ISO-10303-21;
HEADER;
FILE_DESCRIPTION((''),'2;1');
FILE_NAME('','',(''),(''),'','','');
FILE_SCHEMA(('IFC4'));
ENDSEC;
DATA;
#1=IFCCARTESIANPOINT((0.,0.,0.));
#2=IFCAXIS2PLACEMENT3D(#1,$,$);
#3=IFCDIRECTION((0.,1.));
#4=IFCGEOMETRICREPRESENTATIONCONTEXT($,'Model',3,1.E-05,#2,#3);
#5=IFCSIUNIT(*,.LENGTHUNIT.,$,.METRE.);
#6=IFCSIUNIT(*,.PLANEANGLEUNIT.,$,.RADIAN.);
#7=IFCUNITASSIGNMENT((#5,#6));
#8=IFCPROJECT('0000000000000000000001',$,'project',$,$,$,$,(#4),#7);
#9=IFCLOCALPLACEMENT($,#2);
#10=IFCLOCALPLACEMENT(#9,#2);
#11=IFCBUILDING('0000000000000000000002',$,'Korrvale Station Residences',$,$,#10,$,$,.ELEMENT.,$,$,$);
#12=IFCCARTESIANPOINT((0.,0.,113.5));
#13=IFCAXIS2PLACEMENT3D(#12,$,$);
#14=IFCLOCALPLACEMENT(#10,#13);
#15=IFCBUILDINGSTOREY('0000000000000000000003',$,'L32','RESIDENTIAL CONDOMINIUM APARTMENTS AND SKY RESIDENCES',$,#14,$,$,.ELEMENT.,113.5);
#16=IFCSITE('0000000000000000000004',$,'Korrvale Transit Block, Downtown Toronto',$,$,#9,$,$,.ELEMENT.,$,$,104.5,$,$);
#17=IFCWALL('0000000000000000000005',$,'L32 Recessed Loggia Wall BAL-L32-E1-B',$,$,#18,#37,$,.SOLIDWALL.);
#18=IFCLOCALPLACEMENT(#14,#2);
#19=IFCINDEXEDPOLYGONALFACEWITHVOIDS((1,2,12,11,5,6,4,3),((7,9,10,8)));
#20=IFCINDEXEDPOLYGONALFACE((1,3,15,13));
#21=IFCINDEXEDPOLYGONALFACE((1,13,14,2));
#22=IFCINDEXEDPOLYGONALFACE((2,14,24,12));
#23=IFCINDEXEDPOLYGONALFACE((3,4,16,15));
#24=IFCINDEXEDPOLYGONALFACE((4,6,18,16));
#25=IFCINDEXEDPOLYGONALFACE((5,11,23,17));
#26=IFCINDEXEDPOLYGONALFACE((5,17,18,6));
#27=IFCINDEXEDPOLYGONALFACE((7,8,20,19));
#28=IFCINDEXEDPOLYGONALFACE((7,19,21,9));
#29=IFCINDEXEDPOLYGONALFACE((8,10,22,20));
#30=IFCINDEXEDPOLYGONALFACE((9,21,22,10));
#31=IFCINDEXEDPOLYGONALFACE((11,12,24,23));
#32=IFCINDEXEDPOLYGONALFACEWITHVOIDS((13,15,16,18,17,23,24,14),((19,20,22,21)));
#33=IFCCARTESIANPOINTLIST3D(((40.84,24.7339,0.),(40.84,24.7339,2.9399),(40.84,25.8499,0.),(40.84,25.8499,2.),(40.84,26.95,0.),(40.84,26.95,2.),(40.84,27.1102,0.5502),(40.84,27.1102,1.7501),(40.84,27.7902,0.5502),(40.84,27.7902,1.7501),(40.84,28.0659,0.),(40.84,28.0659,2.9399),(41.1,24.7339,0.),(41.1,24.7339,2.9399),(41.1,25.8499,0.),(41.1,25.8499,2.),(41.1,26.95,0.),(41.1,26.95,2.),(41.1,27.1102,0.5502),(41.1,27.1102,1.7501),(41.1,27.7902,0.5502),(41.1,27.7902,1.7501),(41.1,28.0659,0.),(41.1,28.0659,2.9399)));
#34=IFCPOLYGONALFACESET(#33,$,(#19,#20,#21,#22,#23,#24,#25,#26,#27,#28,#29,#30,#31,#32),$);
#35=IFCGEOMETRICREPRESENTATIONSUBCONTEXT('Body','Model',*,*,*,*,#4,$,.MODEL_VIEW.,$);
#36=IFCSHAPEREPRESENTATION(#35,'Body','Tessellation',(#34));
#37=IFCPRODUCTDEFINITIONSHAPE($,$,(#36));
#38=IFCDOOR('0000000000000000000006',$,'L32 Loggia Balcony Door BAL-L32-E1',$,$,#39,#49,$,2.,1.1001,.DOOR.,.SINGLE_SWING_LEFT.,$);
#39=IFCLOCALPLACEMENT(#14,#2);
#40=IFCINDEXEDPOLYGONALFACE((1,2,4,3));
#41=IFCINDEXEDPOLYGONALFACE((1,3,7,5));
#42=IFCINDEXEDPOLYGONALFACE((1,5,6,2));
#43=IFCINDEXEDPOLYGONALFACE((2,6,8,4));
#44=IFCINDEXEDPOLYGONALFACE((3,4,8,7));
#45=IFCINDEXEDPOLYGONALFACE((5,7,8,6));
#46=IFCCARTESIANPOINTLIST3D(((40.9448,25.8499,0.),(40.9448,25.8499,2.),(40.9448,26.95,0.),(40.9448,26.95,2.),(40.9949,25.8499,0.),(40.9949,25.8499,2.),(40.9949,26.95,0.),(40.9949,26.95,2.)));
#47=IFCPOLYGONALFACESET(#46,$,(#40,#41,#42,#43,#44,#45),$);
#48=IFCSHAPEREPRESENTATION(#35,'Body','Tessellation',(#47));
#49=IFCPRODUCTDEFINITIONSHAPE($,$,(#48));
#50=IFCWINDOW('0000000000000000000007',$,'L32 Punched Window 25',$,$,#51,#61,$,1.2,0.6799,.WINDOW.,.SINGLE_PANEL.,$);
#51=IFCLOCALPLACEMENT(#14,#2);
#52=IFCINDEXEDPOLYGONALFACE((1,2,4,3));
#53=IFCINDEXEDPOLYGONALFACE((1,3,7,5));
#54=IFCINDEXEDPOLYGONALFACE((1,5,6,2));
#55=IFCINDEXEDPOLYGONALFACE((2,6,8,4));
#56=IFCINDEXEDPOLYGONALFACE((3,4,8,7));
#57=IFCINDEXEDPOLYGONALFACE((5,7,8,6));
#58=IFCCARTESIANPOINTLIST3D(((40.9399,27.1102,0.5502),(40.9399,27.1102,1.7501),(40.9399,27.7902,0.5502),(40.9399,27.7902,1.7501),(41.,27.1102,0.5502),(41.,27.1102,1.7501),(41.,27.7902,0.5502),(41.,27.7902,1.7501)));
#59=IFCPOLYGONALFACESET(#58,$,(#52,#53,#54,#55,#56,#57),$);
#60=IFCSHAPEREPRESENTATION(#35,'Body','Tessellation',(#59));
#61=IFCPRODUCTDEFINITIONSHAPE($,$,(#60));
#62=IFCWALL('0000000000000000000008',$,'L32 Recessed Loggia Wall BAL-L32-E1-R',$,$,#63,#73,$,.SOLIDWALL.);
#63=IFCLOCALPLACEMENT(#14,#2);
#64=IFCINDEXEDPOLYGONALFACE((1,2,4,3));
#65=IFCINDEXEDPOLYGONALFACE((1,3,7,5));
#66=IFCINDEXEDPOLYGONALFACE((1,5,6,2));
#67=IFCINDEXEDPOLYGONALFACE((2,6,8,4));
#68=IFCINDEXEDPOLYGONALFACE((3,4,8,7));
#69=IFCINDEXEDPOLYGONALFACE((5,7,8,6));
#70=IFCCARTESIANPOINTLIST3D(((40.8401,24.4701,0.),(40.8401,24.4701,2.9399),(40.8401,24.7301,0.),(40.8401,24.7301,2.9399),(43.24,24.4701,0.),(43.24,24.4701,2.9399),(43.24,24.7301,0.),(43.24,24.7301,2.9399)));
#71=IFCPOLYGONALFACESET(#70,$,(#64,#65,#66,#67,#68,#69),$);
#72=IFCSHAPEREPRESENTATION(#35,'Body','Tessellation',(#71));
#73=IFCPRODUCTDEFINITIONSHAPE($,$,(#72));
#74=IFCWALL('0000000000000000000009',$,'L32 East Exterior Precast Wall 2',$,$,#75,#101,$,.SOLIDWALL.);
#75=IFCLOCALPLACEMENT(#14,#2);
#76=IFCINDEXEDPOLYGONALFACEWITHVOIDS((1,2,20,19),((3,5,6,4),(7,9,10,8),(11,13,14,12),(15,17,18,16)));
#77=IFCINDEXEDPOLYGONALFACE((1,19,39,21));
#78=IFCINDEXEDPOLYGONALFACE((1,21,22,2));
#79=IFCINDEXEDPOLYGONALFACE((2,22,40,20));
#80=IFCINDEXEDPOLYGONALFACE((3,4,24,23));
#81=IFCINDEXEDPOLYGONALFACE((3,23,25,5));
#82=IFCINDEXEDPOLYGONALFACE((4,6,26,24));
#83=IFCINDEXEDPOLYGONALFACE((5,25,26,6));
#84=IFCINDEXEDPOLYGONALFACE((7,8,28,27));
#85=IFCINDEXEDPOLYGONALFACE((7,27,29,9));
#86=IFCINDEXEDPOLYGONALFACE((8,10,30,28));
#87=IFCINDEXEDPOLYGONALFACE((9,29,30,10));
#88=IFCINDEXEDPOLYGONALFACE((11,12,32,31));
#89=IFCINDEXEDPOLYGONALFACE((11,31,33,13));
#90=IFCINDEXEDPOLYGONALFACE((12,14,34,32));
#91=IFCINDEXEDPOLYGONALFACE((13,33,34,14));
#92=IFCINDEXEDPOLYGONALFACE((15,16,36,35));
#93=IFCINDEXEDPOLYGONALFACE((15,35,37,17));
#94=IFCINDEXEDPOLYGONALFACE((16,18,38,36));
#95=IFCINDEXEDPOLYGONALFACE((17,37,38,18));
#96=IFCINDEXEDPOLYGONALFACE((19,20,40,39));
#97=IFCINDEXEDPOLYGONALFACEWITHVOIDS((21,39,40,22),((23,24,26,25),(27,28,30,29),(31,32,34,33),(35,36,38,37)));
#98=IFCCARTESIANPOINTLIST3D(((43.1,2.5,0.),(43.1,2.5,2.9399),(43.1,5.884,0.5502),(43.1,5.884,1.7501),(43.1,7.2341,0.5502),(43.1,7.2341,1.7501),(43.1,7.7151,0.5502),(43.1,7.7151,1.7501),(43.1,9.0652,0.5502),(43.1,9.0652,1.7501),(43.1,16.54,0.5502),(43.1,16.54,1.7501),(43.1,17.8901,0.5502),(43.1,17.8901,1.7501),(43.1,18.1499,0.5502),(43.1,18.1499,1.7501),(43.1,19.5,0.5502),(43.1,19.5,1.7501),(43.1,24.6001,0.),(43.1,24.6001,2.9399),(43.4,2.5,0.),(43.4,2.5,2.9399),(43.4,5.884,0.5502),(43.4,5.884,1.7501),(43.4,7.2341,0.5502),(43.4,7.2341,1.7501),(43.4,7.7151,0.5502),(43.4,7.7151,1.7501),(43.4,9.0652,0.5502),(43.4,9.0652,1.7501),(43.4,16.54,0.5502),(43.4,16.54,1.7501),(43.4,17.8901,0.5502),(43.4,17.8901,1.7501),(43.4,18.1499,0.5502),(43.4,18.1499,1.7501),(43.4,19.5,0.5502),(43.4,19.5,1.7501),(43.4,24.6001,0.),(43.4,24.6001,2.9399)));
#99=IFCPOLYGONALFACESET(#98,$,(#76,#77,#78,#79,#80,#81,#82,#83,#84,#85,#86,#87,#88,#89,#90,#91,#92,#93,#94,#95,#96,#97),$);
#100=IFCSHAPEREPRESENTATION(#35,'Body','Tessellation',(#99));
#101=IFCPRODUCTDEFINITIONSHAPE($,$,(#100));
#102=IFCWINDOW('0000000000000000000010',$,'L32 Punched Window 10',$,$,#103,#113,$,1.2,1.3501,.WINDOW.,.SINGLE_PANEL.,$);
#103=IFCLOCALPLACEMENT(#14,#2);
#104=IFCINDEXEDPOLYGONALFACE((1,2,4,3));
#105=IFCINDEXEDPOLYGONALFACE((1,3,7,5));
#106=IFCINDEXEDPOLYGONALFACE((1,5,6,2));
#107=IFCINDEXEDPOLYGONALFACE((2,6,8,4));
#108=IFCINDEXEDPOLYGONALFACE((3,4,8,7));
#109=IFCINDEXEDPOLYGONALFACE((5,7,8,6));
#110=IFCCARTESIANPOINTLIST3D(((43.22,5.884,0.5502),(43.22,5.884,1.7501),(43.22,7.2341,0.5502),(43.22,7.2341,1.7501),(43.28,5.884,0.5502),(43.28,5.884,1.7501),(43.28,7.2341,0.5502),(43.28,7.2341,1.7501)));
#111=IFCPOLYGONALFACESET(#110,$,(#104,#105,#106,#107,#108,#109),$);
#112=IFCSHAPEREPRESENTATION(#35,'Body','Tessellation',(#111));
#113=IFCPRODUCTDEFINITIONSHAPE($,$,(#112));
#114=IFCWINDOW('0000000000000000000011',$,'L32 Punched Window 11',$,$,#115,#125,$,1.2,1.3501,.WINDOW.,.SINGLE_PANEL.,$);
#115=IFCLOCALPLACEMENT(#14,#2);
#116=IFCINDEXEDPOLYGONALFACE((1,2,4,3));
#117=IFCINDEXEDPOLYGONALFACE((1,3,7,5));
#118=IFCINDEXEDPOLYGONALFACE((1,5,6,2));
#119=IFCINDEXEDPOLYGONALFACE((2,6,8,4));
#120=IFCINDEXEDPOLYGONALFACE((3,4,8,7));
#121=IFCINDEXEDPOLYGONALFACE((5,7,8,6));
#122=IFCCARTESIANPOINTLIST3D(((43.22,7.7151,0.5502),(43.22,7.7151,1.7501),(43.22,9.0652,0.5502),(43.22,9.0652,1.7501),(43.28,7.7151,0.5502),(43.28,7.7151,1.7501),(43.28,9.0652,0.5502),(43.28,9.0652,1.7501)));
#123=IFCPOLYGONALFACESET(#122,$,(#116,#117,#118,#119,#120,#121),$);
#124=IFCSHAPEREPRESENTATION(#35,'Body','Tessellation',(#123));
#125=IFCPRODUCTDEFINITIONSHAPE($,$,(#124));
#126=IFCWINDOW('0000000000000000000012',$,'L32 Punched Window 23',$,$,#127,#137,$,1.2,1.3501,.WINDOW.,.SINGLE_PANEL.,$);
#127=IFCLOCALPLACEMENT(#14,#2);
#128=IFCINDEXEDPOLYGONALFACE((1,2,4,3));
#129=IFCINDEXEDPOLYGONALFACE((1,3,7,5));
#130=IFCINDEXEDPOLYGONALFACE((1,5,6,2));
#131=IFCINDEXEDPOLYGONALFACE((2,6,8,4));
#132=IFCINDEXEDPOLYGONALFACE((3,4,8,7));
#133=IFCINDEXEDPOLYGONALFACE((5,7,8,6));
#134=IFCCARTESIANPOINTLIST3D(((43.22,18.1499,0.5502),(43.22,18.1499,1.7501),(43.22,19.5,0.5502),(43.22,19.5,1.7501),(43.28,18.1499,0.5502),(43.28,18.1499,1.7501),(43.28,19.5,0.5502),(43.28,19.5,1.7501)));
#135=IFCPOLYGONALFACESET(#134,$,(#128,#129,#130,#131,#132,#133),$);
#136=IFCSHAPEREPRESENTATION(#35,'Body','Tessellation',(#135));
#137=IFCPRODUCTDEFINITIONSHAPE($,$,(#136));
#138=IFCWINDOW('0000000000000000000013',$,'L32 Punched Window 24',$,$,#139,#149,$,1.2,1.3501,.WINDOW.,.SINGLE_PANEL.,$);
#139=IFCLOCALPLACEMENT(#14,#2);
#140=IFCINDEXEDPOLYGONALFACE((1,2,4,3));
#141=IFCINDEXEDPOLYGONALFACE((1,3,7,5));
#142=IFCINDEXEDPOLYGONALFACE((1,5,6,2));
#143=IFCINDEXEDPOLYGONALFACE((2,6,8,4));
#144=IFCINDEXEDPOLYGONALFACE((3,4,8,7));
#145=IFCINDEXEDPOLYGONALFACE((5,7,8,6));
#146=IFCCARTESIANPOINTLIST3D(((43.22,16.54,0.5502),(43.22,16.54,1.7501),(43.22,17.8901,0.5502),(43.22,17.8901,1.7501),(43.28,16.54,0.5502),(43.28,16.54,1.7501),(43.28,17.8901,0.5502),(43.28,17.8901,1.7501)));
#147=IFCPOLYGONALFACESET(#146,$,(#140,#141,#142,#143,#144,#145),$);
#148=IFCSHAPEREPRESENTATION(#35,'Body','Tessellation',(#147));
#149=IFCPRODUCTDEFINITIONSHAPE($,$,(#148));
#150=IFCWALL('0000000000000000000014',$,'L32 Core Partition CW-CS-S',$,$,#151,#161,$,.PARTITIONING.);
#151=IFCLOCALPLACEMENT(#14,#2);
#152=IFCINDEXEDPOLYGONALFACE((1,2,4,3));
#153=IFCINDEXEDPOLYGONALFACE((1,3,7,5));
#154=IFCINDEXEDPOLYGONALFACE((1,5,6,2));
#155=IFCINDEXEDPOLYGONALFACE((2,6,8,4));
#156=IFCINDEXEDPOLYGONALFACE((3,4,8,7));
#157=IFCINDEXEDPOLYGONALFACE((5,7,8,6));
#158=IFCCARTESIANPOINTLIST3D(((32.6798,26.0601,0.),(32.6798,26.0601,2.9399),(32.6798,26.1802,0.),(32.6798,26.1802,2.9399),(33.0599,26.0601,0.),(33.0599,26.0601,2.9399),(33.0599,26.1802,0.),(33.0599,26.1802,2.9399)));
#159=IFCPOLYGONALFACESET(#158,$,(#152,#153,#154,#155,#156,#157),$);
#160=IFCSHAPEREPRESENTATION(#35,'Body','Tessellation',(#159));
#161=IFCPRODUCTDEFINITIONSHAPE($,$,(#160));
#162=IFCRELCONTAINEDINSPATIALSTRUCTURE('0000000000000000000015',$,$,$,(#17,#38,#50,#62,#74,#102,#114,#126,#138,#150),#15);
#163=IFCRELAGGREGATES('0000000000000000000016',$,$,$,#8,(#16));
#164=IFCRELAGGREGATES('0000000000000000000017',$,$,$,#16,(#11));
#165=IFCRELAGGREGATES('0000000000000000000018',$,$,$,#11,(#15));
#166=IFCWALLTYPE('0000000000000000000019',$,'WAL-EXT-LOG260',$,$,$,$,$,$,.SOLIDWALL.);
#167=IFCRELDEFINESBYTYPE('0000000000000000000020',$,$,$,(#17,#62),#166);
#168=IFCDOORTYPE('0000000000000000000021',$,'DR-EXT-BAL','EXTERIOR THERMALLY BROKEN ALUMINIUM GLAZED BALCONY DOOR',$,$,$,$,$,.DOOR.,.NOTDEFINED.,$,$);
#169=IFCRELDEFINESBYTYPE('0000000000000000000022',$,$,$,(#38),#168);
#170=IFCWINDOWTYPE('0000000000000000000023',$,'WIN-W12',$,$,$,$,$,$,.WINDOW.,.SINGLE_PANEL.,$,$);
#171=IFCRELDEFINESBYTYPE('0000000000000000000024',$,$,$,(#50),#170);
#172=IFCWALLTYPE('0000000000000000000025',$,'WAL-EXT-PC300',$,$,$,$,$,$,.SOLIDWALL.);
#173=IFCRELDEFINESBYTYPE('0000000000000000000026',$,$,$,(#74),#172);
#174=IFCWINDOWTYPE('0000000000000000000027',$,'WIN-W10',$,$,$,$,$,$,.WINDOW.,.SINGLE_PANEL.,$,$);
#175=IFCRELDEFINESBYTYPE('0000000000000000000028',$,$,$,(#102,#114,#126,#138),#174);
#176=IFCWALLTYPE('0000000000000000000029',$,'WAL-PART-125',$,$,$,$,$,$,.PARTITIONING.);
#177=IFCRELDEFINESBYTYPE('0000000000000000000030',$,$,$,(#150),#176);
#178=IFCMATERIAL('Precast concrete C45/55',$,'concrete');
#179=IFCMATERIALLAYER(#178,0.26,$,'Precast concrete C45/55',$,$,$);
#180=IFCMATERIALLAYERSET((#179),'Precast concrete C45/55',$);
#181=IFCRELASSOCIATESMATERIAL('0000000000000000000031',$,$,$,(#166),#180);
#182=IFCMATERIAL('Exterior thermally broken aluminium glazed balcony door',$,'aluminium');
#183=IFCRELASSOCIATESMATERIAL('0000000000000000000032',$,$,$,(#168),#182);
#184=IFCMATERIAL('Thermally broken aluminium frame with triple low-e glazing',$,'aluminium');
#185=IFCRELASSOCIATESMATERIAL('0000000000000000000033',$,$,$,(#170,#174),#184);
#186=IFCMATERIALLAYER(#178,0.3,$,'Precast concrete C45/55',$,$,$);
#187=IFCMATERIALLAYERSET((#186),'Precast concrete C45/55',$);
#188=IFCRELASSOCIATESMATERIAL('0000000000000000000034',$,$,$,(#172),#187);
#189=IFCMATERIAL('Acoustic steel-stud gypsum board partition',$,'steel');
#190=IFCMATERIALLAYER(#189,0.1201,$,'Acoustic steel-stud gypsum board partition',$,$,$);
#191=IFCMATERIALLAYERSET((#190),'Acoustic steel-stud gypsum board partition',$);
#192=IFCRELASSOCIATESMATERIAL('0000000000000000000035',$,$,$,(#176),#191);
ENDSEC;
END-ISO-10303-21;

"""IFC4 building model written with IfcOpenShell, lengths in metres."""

from ifc_helpers import new_model, si_unit, direction, frame, frame_2d, origin, place, context, subcontext, project, spatial, rectangle, extrude, material, layer, layer_set, type_object, element, fill, save


model = new_model("IFC4")

# Units and contexts
model_context = context("Model", 3, precision=1e-05, world=origin(), true_north=direction((0.0, 1.0)))
body_context = subcontext(model_context, "Body", "Model", "MODEL_VIEW")
ifc_project = project(units=[si_unit("LENGTHUNIT", "METRE"), si_unit("PLANEANGLEUNIT", "RADIAN")], contexts=[model_context])

# Site, building, storey
site_placement = place(None, origin())
site = spatial("IfcSite", under=ifc_project, at=site_placement, Name="Korrvale Transit Block, Downtown Toronto", CompositionType="ELEMENT", RefElevation=104.5)
building_placement = place(site_placement, origin())
building = spatial("IfcBuilding", under=site, at=building_placement, Name="Korrvale Station Residences", CompositionType="ELEMENT")
storey_placement = place(building_placement, frame((0.0, 0.0, 113.5)))
storey = spatial("IfcBuildingStorey", under=building, at=storey_placement, Name="L32", Description="RESIDENTIAL CONDOMINIUM APARTMENTS AND SKY RESIDENCES", CompositionType="ELEMENT", Elevation=113.5)

# Shared definitions
ifc_material_1 = material(Name="Precast concrete C45/55", Category="concrete")
ifc_layer_1 = layer(ifc_material_1, 0.26, Name="Precast concrete C45/55")
ifc_layer_set_1 = layer_set([ifc_layer_1], Name="Precast concrete C45/55")
wall_type_1 = type_object("IfcWallType", Name="WAL-EXT-LOG260", PredefinedType="SOLIDWALL", material=ifc_layer_set_1)

# Wall, openings, door, window
wall_1_placement = place(storey_placement, frame((40.97, 28.0659, 0.0), z_axis=(0.0, 0.0, 1.0), x_axis=(0.0, -1.0, 0.0)))
wall_1 = element("IfcWall", 1, at=wall_1_placement, inside=storey, type_object=wall_type_1, Name="L32 Recessed Loggia Wall BAL-L32-E1-B", PredefinedType="SOLIDWALL", context=body_context, shape_type="SweptSolid", body=[
    extrude(rectangle(XDim=3.332, YDim=0.26, at=frame_2d((1.666, 0.0))), origin(), (0.0, 0.0, 1.0), 2.9399),
])
opening_1_placement = place(wall_1_placement, frame((1.116, 0.0, 0.0)))
opening_1 = element("IfcOpeningElement", 2, at=opening_1_placement, cuts=wall_1, PredefinedType="OPENING", context=body_context, shape_type="SweptSolid", body=[
    extrude(rectangle(XDim=1.1001, YDim=2.0, at=frame_2d((0.55, 1.0))), frame((0.0, 0.1401, 0.0), z_axis=(0.0, -1.0, 0.0), x_axis=(1.0, 0.0, 0.0)), (0.0, 0.0, 1.0), 0.28),
])
opening_2_placement = place(wall_1_placement, frame((0.2759, 0.0, 0.55)))
opening_2 = element("IfcOpeningElement", 3, at=opening_2_placement, cuts=wall_1, PredefinedType="OPENING", context=body_context, shape_type="SweptSolid", body=[
    extrude(rectangle(XDim=0.6799, YDim=1.2, at=frame_2d((0.3398, 0.6001))), frame((0.0, 0.1401, 0.0), z_axis=(0.0, -1.0, 0.0), x_axis=(1.0, 0.0, 0.0)), (0.0, 0.0, 1.0), 0.28),
])
ifc_material_2 = material(Name="Exterior thermally broken aluminium glazed balcony door", Category="aluminium")
door_type_1 = type_object("IfcDoorType", Name="DR-EXT-BAL", Description="EXTERIOR THERMALLY BROKEN ALUMINIUM GLAZED BALCONY DOOR", OperationType="NOTDEFINED", PredefinedType="DOOR", material=ifc_material_2)
door_1_placement = place(opening_1_placement, origin())
door_1 = element("IfcDoor", 4, at=door_1_placement, inside=storey, type_object=door_type_1, Name="L32 Loggia Balcony Door BAL-L32-E1", OperationType="SINGLE_SWING_LEFT", OverallHeight=2.0, OverallWidth=1.1001, PredefinedType="DOOR", context=body_context, shape_type="SweptSolid", body=[
    extrude(rectangle(XDim=1.1001, YDim=2.0, at=frame_2d((0.55, 1.0))), frame((0.0, 0.0249, 0.0), z_axis=(0.0, -1.0, 0.0), x_axis=(1.0, 0.0, 0.0)), (0.0, 0.0, 1.0), 0.05),
])
fill(opening_1, door_1)
ifc_material_3 = material(Name="Thermally broken aluminium frame with triple low-e glazing", Category="aluminium")
window_type_1 = type_object("IfcWindowType", Name="WIN-W12", PartitioningType="SINGLE_PANEL", PredefinedType="WINDOW", material=ifc_material_3)
window_1_placement = place(opening_2_placement, origin())
window_1 = element("IfcWindow", 5, at=window_1_placement, inside=storey, type_object=window_type_1, Name="L32 Punched Window 25", OverallHeight=1.2, OverallWidth=0.6799, PartitioningType="SINGLE_PANEL", PredefinedType="WINDOW", context=body_context, shape_type="SweptSolid", body=[
    extrude(rectangle(XDim=0.6799, YDim=1.2, at=frame_2d((0.3398, 0.6001))), frame((0.0, 0.03, 0.0), z_axis=(0.0, -1.0, 0.0), x_axis=(1.0, 0.0, 0.0)), (0.0, 0.0, 1.0), 0.0601),
])
fill(opening_2, window_1)

# Wall
wall_2_placement = place(storey_placement, frame((40.8401, 24.6001, 0.0), z_axis=(0.0, 0.0, 1.0), x_axis=(1.0, 0.0, 0.0)))
element("IfcWall", 6, at=wall_2_placement, inside=storey, type_object=wall_type_1, Name="L32 Recessed Loggia Wall BAL-L32-E1-R", PredefinedType="SOLIDWALL", context=body_context, shape_type="SweptSolid", body=[
    extrude(rectangle(XDim=2.3999, YDim=0.26, at=frame_2d((1.2, 0.0))), origin(), (0.0, 0.0, 1.0), 2.9399),
])

# Wall, openings, windows
ifc_layer_2 = layer(ifc_material_1, 0.3, Name="Precast concrete C45/55")
ifc_layer_set_2 = layer_set([ifc_layer_2], Name="Precast concrete C45/55")
wall_type_2 = type_object("IfcWallType", Name="WAL-EXT-PC300", PredefinedType="SOLIDWALL", material=ifc_layer_set_2)
wall_3_placement = place(storey_placement, frame((43.25, 24.6001, 0.0), z_axis=(0.0, 0.0, 1.0), x_axis=(0.0, -1.0, 0.0)))
wall_3 = element("IfcWall", 7, at=wall_3_placement, inside=storey, type_object=wall_type_2, Name="L32 East Exterior Precast Wall 2", PredefinedType="SOLIDWALL", context=body_context, shape_type="SweptSolid", body=[
    extrude(rectangle(XDim=22.1001, YDim=0.3, at=frame_2d((11.05, 0.0))), origin(), (0.0, 0.0, 1.0), 2.9399),
])
opening_3_placement = place(wall_3_placement, frame((17.366, 0.0, 0.55)))
opening_3 = element("IfcOpeningElement", 8, at=opening_3_placement, cuts=wall_3, PredefinedType="OPENING", context=body_context, shape_type="SweptSolid", body=[
    extrude(rectangle(XDim=1.3501, YDim=1.2, at=frame_2d((0.675, 0.6001))), frame((0.0, 0.1602, 0.0), z_axis=(0.0, -1.0, 0.0), x_axis=(1.0, 0.0, 0.0)), (0.0, 0.0, 1.0), 0.3201),
])
opening_4_placement = place(wall_3_placement, frame((15.5349, 0.0, 0.55)))
opening_4 = element("IfcOpeningElement", 9, at=opening_4_placement, cuts=wall_3, PredefinedType="OPENING", context=body_context, shape_type="SweptSolid", body=[
    extrude(rectangle(XDim=1.3501, YDim=1.2, at=frame_2d((0.675, 0.6001))), frame((0.0, 0.1602, 0.0), z_axis=(0.0, -1.0, 0.0), x_axis=(1.0, 0.0, 0.0)), (0.0, 0.0, 1.0), 0.3201),
])
opening_5_placement = place(wall_3_placement, frame((5.1001, 0.0, 0.55)))
opening_5 = element("IfcOpeningElement", 10, at=opening_5_placement, cuts=wall_3, PredefinedType="OPENING", context=body_context, shape_type="SweptSolid", body=[
    extrude(rectangle(XDim=1.3501, YDim=1.2, at=frame_2d((0.675, 0.6001))), frame((0.0, 0.1602, 0.0), z_axis=(0.0, -1.0, 0.0), x_axis=(1.0, 0.0, 0.0)), (0.0, 0.0, 1.0), 0.3201),
])
opening_6_placement = place(wall_3_placement, frame((6.71, 0.0, 0.55)))
opening_6 = element("IfcOpeningElement", 11, at=opening_6_placement, cuts=wall_3, PredefinedType="OPENING", context=body_context, shape_type="SweptSolid", body=[
    extrude(rectangle(XDim=1.3501, YDim=1.2, at=frame_2d((0.675, 0.6001))), frame((0.0, 0.1602, 0.0), z_axis=(0.0, -1.0, 0.0), x_axis=(1.0, 0.0, 0.0)), (0.0, 0.0, 1.0), 0.3201),
])
window_type_2 = type_object("IfcWindowType", Name="WIN-W10", PartitioningType="SINGLE_PANEL", PredefinedType="WINDOW", material=ifc_material_3)
window_2_placement = place(opening_3_placement, origin())
window_2 = element("IfcWindow", 12, at=window_2_placement, inside=storey, type_object=window_type_2, Name="L32 Punched Window 10", OverallHeight=1.2, OverallWidth=1.3501, PartitioningType="SINGLE_PANEL", PredefinedType="WINDOW", context=body_context, shape_type="SweptSolid", body=[
    extrude(rectangle(XDim=1.3501, YDim=1.2, at=frame_2d((0.675, 0.6001))), frame((0.0, 0.03, 0.0), z_axis=(0.0, -1.0, 0.0), x_axis=(1.0, 0.0, 0.0)), (0.0, 0.0, 1.0), 0.0601),
])
fill(opening_3, window_2)
window_3_placement = place(opening_4_placement, origin())
window_3 = element("IfcWindow", 13, at=window_3_placement, inside=storey, type_object=window_type_2, Name="L32 Punched Window 11", OverallHeight=1.2, OverallWidth=1.3501, PartitioningType="SINGLE_PANEL", PredefinedType="WINDOW", context=body_context, shape_type="SweptSolid", body=[
    extrude(rectangle(XDim=1.3501, YDim=1.2, at=frame_2d((0.675, 0.6001))), frame((0.0, 0.03, 0.0), z_axis=(0.0, -1.0, 0.0), x_axis=(1.0, 0.0, 0.0)), (0.0, 0.0, 1.0), 0.0601),
])
fill(opening_4, window_3)
window_4_placement = place(opening_5_placement, origin())
window_4 = element("IfcWindow", 14, at=window_4_placement, inside=storey, type_object=window_type_2, Name="L32 Punched Window 23", OverallHeight=1.2, OverallWidth=1.3501, PartitioningType="SINGLE_PANEL", PredefinedType="WINDOW", context=body_context, shape_type="SweptSolid", body=[
    extrude(rectangle(XDim=1.3501, YDim=1.2, at=frame_2d((0.675, 0.6001))), frame((0.0, 0.03, 0.0), z_axis=(0.0, -1.0, 0.0), x_axis=(1.0, 0.0, 0.0)), (0.0, 0.0, 1.0), 0.0601),
])
fill(opening_5, window_4)
window_5_placement = place(opening_6_placement, origin())
window_5 = element("IfcWindow", 15, at=window_5_placement, inside=storey, type_object=window_type_2, Name="L32 Punched Window 24", OverallHeight=1.2, OverallWidth=1.3501, PartitioningType="SINGLE_PANEL", PredefinedType="WINDOW", context=body_context, shape_type="SweptSolid", body=[
    extrude(rectangle(XDim=1.3501, YDim=1.2, at=frame_2d((0.675, 0.6001))), frame((0.0, 0.03, 0.0), z_axis=(0.0, -1.0, 0.0), x_axis=(1.0, 0.0, 0.0)), (0.0, 0.0, 1.0), 0.0601),
])
fill(opening_6, window_5)

# Wall
ifc_material_4 = material(Name="Acoustic steel-stud gypsum board partition", Category="steel")
ifc_layer_3 = layer(ifc_material_4, 0.1201, Name="Acoustic steel-stud gypsum board partition")
ifc_layer_set_3 = layer_set([ifc_layer_3], Name="Acoustic steel-stud gypsum board partition")
wall_type_3 = type_object("IfcWallType", Name="WAL-PART-125", PredefinedType="PARTITIONING", material=ifc_layer_set_3)
wall_4_placement = place(storey_placement, frame((32.6799, 26.1201, 0.0), z_axis=(0.0, 0.0, 1.0), x_axis=(1.0, 0.0, 0.0)))
element("IfcWall", 16, at=wall_4_placement, inside=storey, type_object=wall_type_3, Name="L32 Core Partition CW-CS-S", PredefinedType="PARTITIONING", context=body_context, shape_type="SweptSolid", body=[
    extrude(rectangle(XDim=0.3801, YDim=0.1201, at=frame_2d((0.1899, 0.0))), origin(), (0.0, 0.0, 1.0), 2.9399),
])

save(model, "model.ifc")
